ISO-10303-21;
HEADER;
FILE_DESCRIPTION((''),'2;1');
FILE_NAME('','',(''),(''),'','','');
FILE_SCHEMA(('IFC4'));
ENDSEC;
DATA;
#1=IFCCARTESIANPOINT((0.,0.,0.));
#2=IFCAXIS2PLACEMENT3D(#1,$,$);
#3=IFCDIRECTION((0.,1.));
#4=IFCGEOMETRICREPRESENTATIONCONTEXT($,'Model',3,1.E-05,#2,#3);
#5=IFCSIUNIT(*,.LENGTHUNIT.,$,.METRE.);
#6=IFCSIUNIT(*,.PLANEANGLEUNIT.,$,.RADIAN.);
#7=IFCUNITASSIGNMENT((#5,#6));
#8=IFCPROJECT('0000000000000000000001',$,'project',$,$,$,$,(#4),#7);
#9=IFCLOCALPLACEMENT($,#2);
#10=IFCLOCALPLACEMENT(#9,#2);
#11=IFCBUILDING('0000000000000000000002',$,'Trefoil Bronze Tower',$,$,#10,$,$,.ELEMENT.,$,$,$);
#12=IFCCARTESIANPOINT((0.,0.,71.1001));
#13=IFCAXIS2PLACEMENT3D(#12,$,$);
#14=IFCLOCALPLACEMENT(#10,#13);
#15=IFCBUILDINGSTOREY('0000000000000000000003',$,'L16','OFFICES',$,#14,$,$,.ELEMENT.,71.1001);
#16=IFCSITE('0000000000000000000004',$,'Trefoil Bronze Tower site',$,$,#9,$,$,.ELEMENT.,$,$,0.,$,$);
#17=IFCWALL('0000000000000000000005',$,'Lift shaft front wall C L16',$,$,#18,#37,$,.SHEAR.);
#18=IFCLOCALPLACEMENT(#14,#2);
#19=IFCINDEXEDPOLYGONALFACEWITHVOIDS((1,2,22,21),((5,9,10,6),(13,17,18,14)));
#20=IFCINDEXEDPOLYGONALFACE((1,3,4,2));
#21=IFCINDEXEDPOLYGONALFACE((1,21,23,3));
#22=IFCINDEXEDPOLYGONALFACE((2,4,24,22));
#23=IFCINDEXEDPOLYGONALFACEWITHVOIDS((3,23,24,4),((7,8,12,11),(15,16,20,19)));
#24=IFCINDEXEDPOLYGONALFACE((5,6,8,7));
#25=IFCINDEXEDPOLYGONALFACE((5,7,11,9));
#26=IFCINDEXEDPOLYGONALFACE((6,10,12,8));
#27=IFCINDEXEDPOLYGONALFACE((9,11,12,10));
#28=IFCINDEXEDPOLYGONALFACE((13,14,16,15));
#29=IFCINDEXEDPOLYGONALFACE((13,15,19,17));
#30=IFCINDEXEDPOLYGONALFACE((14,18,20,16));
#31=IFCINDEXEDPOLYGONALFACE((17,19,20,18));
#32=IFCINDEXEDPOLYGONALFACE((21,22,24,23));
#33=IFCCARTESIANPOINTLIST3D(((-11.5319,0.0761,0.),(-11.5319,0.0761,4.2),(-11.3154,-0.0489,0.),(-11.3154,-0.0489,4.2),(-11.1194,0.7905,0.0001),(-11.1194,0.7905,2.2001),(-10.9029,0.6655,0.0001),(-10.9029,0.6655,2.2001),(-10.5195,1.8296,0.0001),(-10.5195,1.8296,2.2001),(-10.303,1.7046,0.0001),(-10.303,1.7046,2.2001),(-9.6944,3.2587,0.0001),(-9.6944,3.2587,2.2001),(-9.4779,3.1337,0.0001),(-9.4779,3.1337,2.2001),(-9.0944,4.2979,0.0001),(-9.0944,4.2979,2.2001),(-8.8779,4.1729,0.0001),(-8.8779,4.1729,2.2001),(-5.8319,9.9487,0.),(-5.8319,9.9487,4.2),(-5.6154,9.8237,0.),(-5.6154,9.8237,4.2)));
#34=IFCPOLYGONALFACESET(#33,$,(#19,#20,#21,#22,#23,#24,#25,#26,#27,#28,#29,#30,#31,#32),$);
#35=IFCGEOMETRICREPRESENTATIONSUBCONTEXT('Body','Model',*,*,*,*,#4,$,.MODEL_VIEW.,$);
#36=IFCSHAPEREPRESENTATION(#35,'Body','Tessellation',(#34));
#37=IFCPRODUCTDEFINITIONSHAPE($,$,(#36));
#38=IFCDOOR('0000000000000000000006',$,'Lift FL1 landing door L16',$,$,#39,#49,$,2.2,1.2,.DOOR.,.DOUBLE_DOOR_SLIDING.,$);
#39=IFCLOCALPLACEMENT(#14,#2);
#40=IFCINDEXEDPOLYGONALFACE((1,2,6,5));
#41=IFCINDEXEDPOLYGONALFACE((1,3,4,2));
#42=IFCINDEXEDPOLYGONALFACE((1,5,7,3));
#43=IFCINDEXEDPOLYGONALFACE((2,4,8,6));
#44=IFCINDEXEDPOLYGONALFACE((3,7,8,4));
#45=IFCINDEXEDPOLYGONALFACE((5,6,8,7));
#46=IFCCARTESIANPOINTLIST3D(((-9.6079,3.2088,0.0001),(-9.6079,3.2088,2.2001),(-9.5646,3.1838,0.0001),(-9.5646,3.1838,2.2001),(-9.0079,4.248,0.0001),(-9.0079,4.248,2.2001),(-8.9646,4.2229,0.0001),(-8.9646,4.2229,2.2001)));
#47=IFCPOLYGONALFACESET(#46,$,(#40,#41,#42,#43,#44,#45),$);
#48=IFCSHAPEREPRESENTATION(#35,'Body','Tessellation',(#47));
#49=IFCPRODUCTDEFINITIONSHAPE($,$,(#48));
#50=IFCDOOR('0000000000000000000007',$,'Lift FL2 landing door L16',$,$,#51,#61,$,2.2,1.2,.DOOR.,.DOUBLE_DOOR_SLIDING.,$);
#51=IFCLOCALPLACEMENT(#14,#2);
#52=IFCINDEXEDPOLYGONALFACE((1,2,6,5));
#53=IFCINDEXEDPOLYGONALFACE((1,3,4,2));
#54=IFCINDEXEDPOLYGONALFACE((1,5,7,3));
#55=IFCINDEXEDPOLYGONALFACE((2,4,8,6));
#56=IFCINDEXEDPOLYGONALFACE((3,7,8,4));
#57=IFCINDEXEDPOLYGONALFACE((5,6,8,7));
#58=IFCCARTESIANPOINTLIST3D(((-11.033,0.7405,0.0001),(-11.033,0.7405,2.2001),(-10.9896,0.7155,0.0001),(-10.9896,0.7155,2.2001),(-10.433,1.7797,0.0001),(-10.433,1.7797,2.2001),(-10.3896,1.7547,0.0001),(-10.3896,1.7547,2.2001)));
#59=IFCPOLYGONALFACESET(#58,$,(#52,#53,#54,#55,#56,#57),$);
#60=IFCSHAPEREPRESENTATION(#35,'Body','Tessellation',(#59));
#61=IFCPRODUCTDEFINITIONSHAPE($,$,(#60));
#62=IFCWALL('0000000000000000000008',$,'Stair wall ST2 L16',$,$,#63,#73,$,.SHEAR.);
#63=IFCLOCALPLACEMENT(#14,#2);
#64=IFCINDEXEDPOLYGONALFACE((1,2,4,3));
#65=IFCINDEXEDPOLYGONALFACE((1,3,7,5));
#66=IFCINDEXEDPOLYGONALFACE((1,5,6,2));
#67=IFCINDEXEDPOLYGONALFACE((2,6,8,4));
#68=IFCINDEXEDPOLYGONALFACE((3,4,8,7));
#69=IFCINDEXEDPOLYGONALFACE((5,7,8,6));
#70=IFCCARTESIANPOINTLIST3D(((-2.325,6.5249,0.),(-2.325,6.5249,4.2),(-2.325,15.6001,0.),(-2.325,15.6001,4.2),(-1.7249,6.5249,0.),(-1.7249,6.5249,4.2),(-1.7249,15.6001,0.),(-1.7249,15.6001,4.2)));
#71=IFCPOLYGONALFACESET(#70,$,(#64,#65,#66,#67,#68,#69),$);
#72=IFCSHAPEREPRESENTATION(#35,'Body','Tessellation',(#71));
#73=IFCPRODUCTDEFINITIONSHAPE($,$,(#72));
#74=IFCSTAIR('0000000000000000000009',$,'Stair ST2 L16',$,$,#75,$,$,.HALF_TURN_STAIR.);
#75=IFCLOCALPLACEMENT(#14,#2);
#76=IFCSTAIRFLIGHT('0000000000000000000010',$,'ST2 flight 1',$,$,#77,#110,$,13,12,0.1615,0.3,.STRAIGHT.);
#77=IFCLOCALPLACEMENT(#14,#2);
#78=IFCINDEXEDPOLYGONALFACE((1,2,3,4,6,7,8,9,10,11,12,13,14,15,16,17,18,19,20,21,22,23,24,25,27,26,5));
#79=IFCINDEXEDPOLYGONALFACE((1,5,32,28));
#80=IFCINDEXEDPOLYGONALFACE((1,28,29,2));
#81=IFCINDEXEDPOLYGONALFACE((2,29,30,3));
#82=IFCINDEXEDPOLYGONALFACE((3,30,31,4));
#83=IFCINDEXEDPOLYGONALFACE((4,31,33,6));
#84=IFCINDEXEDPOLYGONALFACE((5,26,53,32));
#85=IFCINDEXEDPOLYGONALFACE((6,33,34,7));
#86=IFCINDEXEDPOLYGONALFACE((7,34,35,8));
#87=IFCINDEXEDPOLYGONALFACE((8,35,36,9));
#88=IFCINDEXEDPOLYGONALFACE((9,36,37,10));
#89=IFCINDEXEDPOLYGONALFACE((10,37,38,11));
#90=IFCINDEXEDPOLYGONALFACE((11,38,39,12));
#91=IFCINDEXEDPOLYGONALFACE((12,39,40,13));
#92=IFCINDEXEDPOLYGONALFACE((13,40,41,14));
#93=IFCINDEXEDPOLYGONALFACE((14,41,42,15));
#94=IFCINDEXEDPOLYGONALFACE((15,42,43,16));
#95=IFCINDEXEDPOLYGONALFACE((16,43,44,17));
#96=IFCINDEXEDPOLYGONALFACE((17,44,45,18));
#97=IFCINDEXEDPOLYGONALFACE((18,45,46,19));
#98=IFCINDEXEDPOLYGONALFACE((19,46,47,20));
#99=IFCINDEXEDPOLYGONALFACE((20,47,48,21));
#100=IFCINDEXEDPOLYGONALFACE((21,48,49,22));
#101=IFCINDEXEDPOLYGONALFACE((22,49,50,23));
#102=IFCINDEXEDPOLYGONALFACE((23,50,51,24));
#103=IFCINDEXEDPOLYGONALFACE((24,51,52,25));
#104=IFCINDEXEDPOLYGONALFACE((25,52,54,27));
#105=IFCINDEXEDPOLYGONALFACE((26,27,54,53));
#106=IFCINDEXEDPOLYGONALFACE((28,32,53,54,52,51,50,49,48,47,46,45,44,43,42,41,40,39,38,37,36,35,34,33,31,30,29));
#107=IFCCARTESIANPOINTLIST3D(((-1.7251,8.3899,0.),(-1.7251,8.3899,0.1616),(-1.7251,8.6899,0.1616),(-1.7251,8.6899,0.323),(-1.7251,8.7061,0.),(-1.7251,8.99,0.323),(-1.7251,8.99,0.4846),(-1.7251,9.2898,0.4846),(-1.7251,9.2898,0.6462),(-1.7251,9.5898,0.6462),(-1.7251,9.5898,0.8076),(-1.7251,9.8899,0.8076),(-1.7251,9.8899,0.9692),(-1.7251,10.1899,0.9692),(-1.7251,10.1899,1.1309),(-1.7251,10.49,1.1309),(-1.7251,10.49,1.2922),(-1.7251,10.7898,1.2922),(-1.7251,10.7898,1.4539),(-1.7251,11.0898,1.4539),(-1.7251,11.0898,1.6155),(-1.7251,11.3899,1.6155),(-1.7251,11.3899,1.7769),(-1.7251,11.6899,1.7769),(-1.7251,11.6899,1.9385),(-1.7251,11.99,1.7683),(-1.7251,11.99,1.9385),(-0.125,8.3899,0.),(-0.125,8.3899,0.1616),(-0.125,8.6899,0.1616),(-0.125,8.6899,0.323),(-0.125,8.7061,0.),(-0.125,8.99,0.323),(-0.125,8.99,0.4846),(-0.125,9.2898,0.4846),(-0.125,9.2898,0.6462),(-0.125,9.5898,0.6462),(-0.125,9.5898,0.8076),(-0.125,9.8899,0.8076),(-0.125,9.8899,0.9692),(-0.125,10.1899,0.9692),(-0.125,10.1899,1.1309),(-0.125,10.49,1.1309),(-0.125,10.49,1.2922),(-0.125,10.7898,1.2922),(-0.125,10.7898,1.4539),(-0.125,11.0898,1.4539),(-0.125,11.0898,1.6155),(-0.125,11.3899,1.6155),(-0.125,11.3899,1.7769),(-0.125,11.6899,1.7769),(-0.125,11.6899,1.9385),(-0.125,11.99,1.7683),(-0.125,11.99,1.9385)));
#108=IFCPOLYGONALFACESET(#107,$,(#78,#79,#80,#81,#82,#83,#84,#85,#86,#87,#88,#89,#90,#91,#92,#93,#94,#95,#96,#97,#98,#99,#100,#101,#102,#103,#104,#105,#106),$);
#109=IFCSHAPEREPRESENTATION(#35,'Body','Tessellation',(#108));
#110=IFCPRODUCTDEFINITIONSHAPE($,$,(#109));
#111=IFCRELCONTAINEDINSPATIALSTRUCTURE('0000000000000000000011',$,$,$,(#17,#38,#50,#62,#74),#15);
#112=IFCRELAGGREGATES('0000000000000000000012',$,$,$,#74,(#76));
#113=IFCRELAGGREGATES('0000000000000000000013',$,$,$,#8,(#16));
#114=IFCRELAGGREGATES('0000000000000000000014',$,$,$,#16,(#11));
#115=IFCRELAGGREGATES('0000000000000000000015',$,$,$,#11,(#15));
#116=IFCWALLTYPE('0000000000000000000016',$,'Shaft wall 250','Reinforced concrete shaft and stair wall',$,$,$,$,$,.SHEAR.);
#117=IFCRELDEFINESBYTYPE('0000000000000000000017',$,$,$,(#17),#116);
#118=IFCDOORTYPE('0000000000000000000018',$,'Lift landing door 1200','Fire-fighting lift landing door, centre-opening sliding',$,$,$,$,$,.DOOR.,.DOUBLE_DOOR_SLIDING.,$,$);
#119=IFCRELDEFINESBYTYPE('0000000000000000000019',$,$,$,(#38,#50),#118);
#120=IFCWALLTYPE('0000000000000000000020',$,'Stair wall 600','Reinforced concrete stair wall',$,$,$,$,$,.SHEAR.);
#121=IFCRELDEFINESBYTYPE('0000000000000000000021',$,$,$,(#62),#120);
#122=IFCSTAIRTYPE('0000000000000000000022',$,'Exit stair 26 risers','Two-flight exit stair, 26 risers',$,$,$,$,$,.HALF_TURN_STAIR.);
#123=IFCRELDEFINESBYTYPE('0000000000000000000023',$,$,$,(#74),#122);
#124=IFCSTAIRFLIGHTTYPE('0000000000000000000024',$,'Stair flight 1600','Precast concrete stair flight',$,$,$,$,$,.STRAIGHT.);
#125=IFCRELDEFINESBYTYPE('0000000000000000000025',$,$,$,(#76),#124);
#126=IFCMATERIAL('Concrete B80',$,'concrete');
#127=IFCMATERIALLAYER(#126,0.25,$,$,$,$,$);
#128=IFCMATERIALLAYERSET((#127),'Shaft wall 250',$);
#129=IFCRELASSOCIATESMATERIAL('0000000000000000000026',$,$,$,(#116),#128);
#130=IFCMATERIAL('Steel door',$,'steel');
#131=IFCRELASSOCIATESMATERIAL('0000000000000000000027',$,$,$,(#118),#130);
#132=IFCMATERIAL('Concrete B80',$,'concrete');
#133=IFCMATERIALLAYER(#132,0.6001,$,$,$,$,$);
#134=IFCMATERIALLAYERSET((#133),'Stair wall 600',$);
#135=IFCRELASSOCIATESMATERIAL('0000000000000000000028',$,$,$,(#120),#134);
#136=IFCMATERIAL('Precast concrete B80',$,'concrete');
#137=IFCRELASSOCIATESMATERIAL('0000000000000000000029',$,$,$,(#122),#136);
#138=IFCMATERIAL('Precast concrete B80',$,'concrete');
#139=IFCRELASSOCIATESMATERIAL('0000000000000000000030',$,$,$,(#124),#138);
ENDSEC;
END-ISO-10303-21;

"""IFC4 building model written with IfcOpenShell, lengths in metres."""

from ifc_helpers import new_model, si_unit, direction, frame, frame_2d, origin, place, context, subcontext, project, spatial, polyline, rectangle, outline, extrude, material, layer, layer_set, type_object, element, fill, aggregate, save


model = new_model("IFC4")

# Units and contexts
model_context = context("Model", 3, precision=1e-05, world=origin(), true_north=direction((0.0, 1.0)))
body_context = subcontext(model_context, "Body", "Model", "MODEL_VIEW")
ifc_project = project(units=[si_unit("LENGTHUNIT", "METRE"), si_unit("PLANEANGLEUNIT", "RADIAN")], contexts=[model_context])

# Site, building, storey
site_placement = place(None, origin())
site = spatial("IfcSite", under=ifc_project, at=site_placement, Name="Trefoil Bronze Tower site", CompositionType="ELEMENT", RefElevation=0.0)
building_placement = place(site_placement, origin())
building = spatial("IfcBuilding", under=site, at=building_placement, Name="Trefoil Bronze Tower", CompositionType="ELEMENT")
storey_placement = place(building_placement, frame((0.0, 0.0, 71.1001)))
storey = spatial("IfcBuildingStorey", under=building, at=storey_placement, Name="L16", Description="OFFICES", CompositionType="ELEMENT", Elevation=71.1001)

# Wall, openings, doors
ifc_material_1 = material(Name="Concrete B80", Category="concrete")
ifc_layer_1 = layer(ifc_material_1, 0.25)
ifc_layer_set_1 = layer_set([ifc_layer_1], Name="Shaft wall 250")
wall_type_1 = type_object("IfcWallType", Name="Shaft wall 250", Description="Reinforced concrete shaft and stair wall", PredefinedType="SHEAR", material=ifc_layer_set_1)
wall_1_placement = place(storey_placement, frame((-5.7236, 9.8862, 0.0), z_axis=(0.0, 0.0, 1.0), x_axis=(-0.500002, -0.866024, 0.0)))
wall_1 = element("IfcWall", 1, at=wall_1_placement, inside=storey, type_object=wall_type_1, Name="Lift shaft front wall C L16", PredefinedType="SHEAR", context=body_context, shape_type="SweptSolid", body=[
    extrude(rectangle(XDim=11.3999, YDim=0.25, at=frame_2d((5.7, 0.0))), origin(), (0.0, 0.0, 1.0), 4.2),
])
opening_1_placement = place(wall_1_placement, frame((6.5249, 0.0, 0.0)))
opening_1 = element("IfcOpeningElement", 2, at=opening_1_placement, cuts=wall_1, PredefinedType="OPENING", context=body_context, shape_type="SweptSolid", body=[
    extrude(rectangle(XDim=1.2, YDim=2.2, at=frame_2d((0.6001, 1.1001))), frame((0.0, 0.135, 0.0), z_axis=(0.0, -1.0, 0.0), x_axis=(1.0, 0.0, 0.0)), (0.0, 0.0, 1.0), 0.27),
])
opening_2_placement = place(wall_1_placement, frame((9.375, 0.0, 0.0)))
opening_2 = element("IfcOpeningElement", 3, at=opening_2_placement, cuts=wall_1, PredefinedType="OPENING", context=body_context, shape_type="SweptSolid", body=[
    extrude(rectangle(XDim=1.2, YDim=2.2, at=frame_2d((0.6001, 1.1001))), frame((0.0, 0.135, 0.0), z_axis=(0.0, -1.0, 0.0), x_axis=(1.0, 0.0, 0.0)), (0.0, 0.0, 1.0), 0.27),
])
ifc_material_2 = material(Name="Steel door", Category="steel")
door_type_1 = type_object("IfcDoorType", Name="Lift landing door 1200", Description="Fire-fighting lift landing door, centre-opening sliding", OperationType="DOUBLE_DOOR_SLIDING", PredefinedType="DOOR", material=ifc_material_2)
door_1_placement = place(opening_1_placement, origin())
door_1 = element("IfcDoor", 4, at=door_1_placement, inside=storey, type_object=door_type_1, Name="Lift FL1 landing door L16", OperationType="DOUBLE_DOOR_SLIDING", OverallHeight=2.2, OverallWidth=1.2, PredefinedType="DOOR", context=body_context, shape_type="SweptSolid", body=[
    extrude(rectangle(XDim=1.2, YDim=2.2, at=frame_2d((0.6001, 1.1001))), frame((0.0, 0.0249, 0.0), z_axis=(0.0, -1.0, 0.0), x_axis=(1.0, 0.0, 0.0)), (0.0, 0.0, 1.0), 0.05),
])
fill(opening_1, door_1)
door_2_placement = place(opening_2_placement, origin())
door_2 = element("IfcDoor", 5, at=door_2_placement, inside=storey, type_object=door_type_1, Name="Lift FL2 landing door L16", OperationType="DOUBLE_DOOR_SLIDING", OverallHeight=2.2, OverallWidth=1.2, PredefinedType="DOOR", context=body_context, shape_type="SweptSolid", body=[
    extrude(rectangle(XDim=1.2, YDim=2.2, at=frame_2d((0.6001, 1.1001))), frame((0.0, 0.0249, 0.0), z_axis=(0.0, -1.0, 0.0), x_axis=(1.0, 0.0, 0.0)), (0.0, 0.0, 1.0), 0.05),
])
fill(opening_2, door_2)

# Wall
ifc_material_3 = material(Name="Concrete B80", Category="concrete")
ifc_layer_2 = layer(ifc_material_3, 0.6001)
ifc_layer_set_2 = layer_set([ifc_layer_2], Name="Stair wall 600")
wall_type_2 = type_object("IfcWallType", Name="Stair wall 600", Description="Reinforced concrete stair wall", PredefinedType="SHEAR", material=ifc_layer_set_2)
wall_2_placement = place(storey_placement, frame((-2.0249, 6.5249, 0.0), z_axis=(0.0, 0.0, 1.0), x_axis=(0.0, 1.0, 0.0)))
element("IfcWall", 6, at=wall_2_placement, inside=storey, type_object=wall_type_2, Name="Stair wall ST2 L16", PredefinedType="SHEAR", context=body_context, shape_type="SweptSolid", body=[
    extrude(rectangle(XDim=9.0752, YDim=0.6001, at=frame_2d((4.5376, 0.0))), origin(), (0.0, 0.0, 1.0), 4.2),
])

# Stair, stair flight
ifc_material_4 = material(Name="Precast concrete B80", Category="concrete")
stair_type = type_object("IfcStairType", Name="Exit stair 26 risers", Description="Two-flight exit stair, 26 risers", PredefinedType="HALF_TURN_STAIR", material=ifc_material_4)
stair_placement = place(storey_placement, origin())
stair = element("IfcStair", 7, at=stair_placement, inside=storey, type_object=stair_type, Name="Stair ST2 L16", PredefinedType="HALF_TURN_STAIR")
ifc_material_5 = material(Name="Precast concrete B80", Category="concrete")
stair_flight_type = type_object("IfcStairFlightType", Name="Stair flight 1600", Description="Precast concrete stair flight", PredefinedType="STRAIGHT", material=ifc_material_5)
stair_flight_placement = place(storey_placement, frame((-0.925, 8.3899, 0.0), z_axis=(0.0, 0.0, 1.0), x_axis=(0.0, 1.0, 0.0)))
stair_flight = element("IfcStairFlight", 8, at=stair_flight_placement, type_object=stair_flight_type, Name="ST2 flight 1", NumberOfRisers=13, NumberOfTreads=12, PredefinedType="STRAIGHT", RiserHeight=0.1615, TreadLength=0.3, context=body_context, shape_type="SweptSolid", body=[
    extrude(outline(polyline([(0.0, 0.0), (0.0, 0.1616), (0.3, 0.1616), (0.3, 0.323), (0.6001, 0.323), (0.6001, 0.4846), (0.8999, 0.4846), (0.8999, 0.6462), (1.2, 0.6462), (1.2, 0.8076), (1.5, 0.8076), (1.5, 0.9692), (1.8, 0.9692), (1.8, 1.1309), (2.1001, 1.1309), (2.1001, 1.2922), (2.3999, 1.2922), (2.3999, 1.4539), (2.7, 1.4539), (2.7, 1.6155), (3.0, 1.6155), (3.0, 1.7769), (3.3, 1.7769), (3.3, 1.9385), (3.6001, 1.9385), (3.6001, 2.1001), (3.6001, 1.7683), (0.3162, 0.0), (0.0, 0.0)])), frame((0.0, 0.8, 0.0), z_axis=(0.0, -1.0, 0.0), x_axis=(1.0, 0.0, 0.0)), (0.0, 0.0, 1.0), 1.6001),
])
aggregate(stair, [stair_flight])

save(model, "model.ifc")
